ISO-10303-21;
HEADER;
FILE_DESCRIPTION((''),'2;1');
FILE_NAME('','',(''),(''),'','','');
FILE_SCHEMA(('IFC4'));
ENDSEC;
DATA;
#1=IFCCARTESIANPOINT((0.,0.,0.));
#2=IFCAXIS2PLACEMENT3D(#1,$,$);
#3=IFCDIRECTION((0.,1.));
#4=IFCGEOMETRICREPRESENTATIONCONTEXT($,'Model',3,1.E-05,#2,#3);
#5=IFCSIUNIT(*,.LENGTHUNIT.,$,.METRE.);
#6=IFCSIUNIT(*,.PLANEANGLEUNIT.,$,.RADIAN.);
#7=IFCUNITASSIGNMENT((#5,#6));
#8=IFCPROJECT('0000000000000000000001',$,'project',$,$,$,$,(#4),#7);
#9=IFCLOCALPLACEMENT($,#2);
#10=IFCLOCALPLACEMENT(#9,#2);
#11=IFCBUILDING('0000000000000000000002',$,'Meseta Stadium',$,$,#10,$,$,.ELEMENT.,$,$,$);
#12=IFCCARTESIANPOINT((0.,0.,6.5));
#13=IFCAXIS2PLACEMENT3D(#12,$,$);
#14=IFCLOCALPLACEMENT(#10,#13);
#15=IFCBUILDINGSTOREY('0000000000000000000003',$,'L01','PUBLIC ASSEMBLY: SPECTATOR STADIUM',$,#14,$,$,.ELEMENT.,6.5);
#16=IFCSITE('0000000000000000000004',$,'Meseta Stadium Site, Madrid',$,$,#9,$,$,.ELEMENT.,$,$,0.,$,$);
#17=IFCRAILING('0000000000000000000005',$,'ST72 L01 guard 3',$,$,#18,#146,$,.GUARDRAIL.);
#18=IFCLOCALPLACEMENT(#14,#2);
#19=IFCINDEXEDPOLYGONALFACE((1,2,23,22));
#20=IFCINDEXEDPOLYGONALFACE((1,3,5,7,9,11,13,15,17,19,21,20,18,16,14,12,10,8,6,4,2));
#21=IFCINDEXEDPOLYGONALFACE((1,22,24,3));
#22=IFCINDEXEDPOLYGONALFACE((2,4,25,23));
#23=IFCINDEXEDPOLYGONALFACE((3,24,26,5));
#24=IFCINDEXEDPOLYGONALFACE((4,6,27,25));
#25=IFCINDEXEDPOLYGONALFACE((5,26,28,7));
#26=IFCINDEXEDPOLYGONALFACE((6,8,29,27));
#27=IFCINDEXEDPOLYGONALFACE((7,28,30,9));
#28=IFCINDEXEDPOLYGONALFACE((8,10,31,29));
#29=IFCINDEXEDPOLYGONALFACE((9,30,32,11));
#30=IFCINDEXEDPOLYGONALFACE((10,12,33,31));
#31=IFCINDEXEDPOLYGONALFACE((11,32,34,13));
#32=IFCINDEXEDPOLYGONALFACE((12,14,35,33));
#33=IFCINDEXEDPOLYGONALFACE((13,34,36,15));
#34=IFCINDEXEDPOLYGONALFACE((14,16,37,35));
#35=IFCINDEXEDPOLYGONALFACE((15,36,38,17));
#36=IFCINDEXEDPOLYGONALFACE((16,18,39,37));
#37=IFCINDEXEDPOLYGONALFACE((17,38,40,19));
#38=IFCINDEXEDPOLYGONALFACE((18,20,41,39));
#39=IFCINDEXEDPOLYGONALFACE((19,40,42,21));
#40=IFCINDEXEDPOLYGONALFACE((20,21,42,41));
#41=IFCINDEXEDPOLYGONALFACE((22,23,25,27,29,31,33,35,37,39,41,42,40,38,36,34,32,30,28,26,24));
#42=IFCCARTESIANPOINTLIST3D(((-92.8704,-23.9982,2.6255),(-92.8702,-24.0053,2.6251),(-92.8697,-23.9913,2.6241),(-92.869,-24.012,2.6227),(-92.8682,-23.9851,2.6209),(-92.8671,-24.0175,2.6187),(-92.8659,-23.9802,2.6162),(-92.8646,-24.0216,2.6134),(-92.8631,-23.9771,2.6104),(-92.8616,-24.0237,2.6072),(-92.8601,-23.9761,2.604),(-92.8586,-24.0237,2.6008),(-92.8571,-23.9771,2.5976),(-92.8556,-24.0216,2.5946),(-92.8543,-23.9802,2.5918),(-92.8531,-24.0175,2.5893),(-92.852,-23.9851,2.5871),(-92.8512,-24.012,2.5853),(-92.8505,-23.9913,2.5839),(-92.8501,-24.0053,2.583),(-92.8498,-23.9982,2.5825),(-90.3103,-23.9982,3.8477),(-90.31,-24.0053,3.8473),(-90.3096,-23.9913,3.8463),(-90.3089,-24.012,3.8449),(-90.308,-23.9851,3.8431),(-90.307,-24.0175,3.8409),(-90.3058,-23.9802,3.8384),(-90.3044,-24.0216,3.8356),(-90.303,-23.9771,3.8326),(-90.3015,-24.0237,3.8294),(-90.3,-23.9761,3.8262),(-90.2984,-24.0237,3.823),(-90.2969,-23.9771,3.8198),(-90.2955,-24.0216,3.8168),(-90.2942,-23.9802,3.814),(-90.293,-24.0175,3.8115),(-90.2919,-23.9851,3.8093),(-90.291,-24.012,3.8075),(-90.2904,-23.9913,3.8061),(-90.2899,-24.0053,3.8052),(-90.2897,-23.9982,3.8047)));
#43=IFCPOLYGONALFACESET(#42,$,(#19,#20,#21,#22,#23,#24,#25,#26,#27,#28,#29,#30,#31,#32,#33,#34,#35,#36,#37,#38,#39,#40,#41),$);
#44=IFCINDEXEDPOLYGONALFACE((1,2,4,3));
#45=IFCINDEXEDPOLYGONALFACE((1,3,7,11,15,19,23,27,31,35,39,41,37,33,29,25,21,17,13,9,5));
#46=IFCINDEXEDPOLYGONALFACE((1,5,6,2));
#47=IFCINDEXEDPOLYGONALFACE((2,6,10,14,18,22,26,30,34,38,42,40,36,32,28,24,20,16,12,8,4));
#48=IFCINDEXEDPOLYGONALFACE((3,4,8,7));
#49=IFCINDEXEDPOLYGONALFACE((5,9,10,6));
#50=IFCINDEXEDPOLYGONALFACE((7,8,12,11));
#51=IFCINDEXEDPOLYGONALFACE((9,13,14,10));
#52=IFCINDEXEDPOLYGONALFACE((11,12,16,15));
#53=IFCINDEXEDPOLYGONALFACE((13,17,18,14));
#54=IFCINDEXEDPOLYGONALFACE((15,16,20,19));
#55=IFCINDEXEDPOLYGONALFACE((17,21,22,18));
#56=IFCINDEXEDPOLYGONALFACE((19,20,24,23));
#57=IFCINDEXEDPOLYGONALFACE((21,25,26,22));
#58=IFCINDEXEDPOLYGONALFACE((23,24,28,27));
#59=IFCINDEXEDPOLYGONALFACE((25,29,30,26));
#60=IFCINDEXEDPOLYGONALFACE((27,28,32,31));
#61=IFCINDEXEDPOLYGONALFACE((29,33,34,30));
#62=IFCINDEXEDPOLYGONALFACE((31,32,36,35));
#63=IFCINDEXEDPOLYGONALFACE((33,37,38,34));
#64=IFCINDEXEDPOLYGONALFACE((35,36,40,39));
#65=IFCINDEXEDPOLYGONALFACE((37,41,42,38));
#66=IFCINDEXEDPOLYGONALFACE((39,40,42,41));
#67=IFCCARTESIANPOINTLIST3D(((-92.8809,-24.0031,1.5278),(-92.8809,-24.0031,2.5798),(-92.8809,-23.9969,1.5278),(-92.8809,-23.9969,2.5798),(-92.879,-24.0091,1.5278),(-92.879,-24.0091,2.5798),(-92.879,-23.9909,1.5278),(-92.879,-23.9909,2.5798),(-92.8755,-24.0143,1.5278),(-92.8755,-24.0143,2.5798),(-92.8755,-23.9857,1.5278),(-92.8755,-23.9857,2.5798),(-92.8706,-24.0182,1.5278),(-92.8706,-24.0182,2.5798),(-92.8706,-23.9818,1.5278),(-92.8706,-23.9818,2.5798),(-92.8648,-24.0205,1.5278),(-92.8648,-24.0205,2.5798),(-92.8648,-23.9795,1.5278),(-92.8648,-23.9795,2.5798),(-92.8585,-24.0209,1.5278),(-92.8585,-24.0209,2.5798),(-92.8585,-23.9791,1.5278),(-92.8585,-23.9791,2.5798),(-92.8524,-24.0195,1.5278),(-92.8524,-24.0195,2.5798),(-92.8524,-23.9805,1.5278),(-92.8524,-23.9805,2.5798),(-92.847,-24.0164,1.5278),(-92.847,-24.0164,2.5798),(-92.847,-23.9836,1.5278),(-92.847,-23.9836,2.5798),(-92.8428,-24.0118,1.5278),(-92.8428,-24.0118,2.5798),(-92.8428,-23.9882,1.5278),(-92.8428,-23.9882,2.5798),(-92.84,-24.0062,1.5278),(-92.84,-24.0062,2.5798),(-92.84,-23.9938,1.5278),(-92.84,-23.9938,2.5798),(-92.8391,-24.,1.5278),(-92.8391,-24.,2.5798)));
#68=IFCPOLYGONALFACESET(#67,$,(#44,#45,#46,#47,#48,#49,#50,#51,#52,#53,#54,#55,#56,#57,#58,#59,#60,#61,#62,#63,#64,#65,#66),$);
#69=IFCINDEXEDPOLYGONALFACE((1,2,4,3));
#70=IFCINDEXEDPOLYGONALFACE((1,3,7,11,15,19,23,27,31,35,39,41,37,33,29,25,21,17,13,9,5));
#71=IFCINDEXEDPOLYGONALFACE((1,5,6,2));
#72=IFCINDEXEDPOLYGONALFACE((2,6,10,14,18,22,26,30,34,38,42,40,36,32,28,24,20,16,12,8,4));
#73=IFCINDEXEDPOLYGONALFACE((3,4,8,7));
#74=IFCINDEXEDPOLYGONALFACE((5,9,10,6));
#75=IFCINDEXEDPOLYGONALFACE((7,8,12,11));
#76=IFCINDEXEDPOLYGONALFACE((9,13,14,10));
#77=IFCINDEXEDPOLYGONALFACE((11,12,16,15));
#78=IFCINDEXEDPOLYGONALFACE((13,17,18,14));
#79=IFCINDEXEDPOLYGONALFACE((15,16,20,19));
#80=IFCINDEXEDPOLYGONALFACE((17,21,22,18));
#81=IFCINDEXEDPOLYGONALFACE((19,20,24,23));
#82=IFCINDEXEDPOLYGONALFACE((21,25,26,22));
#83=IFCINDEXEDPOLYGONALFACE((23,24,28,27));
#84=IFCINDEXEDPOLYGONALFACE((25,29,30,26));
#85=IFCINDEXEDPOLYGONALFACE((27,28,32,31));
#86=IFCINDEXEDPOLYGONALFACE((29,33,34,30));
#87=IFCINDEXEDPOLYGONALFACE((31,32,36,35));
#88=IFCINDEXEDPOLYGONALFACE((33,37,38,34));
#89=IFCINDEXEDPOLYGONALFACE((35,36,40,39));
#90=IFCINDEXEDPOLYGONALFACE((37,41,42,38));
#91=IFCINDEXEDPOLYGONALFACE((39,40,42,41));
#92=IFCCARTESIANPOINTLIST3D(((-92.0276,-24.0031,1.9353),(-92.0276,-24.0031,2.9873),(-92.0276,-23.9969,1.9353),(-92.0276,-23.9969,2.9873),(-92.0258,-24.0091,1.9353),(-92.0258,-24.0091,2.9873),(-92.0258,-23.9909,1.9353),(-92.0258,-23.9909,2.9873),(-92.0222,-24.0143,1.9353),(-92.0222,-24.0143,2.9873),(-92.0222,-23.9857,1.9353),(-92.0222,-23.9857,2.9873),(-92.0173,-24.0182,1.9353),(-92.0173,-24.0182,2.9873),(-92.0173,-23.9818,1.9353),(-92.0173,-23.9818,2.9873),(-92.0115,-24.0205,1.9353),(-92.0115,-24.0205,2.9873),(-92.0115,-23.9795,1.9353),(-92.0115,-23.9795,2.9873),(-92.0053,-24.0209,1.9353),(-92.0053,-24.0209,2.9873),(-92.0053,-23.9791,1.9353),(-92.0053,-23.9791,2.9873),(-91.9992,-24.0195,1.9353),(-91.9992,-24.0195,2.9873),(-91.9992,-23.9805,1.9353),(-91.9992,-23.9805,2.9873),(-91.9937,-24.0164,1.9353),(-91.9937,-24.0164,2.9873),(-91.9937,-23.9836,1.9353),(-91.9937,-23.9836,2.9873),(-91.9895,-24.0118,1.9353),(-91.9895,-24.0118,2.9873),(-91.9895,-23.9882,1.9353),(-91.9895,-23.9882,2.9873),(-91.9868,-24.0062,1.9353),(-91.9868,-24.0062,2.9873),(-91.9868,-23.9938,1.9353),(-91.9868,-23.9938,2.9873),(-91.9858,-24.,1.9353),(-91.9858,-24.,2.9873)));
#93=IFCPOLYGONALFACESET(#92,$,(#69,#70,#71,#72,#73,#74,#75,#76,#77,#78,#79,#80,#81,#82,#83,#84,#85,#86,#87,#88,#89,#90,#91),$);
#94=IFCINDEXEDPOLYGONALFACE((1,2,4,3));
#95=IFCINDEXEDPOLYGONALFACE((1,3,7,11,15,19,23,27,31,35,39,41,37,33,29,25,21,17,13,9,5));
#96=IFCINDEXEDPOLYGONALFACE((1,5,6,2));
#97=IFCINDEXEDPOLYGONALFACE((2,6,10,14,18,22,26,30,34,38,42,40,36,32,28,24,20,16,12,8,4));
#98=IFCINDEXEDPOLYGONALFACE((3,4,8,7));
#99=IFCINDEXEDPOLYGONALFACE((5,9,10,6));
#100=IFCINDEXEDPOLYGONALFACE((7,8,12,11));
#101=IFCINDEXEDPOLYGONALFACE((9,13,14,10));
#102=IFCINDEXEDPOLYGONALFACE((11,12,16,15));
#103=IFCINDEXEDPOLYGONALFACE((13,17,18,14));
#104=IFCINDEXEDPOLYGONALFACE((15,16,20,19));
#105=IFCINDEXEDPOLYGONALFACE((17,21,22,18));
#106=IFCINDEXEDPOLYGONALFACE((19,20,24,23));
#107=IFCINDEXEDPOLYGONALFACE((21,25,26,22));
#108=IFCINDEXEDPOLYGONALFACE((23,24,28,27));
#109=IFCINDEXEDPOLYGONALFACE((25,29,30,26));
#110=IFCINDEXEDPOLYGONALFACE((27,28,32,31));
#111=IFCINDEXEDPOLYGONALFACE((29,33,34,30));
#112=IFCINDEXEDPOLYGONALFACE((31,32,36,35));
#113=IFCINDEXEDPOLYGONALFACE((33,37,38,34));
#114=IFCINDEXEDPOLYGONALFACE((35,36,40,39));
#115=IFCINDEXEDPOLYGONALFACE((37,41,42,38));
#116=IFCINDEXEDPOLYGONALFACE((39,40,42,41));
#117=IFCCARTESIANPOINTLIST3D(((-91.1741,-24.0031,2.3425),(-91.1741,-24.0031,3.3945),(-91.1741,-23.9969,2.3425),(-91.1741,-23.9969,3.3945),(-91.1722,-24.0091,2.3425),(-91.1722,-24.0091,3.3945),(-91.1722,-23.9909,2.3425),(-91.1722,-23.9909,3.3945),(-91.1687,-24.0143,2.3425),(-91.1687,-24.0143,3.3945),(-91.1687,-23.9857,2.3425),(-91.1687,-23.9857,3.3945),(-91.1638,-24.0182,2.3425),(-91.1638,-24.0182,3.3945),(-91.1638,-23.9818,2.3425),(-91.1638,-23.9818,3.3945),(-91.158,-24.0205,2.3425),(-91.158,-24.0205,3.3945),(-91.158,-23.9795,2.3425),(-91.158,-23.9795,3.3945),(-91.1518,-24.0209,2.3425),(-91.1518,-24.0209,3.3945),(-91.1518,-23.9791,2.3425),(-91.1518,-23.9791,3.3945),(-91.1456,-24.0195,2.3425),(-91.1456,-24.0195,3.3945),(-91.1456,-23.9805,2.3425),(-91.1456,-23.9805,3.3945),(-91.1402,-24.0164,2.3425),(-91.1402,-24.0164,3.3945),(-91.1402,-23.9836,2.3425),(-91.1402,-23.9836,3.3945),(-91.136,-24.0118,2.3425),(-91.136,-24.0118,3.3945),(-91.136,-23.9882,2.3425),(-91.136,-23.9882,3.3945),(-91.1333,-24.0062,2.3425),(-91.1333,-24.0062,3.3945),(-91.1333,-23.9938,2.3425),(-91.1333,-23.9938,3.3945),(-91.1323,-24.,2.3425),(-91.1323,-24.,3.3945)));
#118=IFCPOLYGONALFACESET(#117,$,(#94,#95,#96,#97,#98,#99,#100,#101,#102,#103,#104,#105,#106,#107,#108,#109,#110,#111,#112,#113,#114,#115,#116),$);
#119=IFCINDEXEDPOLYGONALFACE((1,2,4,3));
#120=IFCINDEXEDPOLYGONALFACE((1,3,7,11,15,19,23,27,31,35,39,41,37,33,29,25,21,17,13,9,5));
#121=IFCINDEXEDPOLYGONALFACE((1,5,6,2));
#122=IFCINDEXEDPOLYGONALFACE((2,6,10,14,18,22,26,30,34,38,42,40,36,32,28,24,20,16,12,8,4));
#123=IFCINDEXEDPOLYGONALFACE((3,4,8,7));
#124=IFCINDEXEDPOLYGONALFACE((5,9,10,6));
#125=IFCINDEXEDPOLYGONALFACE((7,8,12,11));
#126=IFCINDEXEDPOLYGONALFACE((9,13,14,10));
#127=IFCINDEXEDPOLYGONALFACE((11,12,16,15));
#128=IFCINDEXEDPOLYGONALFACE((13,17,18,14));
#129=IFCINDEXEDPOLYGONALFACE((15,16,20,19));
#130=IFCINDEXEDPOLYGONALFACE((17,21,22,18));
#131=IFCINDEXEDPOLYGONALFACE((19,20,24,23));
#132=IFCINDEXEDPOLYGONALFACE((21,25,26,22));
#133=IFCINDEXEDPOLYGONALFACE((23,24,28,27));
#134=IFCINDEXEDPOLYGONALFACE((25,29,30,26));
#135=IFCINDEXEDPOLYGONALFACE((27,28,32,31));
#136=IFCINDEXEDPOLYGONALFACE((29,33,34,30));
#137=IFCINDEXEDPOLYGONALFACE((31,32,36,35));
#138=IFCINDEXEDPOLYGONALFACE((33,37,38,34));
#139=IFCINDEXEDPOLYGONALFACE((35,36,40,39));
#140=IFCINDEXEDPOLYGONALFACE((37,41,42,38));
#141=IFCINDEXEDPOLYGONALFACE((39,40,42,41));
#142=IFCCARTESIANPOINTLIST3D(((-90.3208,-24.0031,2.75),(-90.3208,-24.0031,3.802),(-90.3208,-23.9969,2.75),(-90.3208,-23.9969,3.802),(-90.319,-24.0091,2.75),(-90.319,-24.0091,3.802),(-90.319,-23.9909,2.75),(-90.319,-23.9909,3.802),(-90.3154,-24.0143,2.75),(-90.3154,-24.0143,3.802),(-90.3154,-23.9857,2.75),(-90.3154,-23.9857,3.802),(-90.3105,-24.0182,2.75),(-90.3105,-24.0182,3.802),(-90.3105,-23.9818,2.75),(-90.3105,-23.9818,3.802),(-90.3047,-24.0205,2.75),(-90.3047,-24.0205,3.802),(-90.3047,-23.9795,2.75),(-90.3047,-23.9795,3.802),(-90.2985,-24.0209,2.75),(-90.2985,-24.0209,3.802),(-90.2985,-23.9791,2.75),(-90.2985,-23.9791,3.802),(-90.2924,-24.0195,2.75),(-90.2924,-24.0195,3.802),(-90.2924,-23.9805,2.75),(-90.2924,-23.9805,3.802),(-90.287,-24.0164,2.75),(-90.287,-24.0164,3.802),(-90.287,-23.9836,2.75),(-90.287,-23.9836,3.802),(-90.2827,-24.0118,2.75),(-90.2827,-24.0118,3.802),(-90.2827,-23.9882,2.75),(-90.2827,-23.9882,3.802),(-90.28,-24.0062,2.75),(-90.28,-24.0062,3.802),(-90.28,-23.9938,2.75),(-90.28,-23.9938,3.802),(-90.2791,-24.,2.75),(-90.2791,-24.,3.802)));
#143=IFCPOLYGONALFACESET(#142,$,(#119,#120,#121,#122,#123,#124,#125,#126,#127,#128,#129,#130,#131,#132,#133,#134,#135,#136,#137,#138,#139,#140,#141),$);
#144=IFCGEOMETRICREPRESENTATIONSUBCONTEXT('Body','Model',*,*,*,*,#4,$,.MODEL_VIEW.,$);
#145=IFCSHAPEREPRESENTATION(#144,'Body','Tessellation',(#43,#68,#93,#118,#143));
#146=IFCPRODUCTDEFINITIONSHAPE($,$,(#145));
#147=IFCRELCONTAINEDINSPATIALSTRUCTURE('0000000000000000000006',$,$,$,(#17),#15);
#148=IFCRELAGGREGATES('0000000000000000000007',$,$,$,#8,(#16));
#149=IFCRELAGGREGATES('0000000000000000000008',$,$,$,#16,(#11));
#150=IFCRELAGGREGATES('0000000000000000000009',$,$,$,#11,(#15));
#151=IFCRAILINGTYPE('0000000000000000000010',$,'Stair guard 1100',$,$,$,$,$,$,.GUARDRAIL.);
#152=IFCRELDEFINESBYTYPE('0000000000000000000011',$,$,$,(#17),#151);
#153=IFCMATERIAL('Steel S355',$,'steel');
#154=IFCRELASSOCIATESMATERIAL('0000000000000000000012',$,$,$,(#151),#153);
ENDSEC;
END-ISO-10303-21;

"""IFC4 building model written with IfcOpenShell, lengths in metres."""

from ifc_helpers import new_model, si_unit, direction, frame, origin, origin_2d, place, context, subcontext, project, spatial, circle, extrude, material, type_object, element, save


model = new_model("IFC4")

# Units and contexts
model_context = context("Model", 3, precision=1e-05, world=origin(), true_north=direction((0.0, 1.0)))
body_context = subcontext(model_context, "Body", "Model", "MODEL_VIEW")
ifc_project = project(units=[si_unit("LENGTHUNIT", "METRE"), si_unit("PLANEANGLEUNIT", "RADIAN")], contexts=[model_context])

# Site, building, storey
site_placement = place(None, origin())
site = spatial("IfcSite", under=ifc_project, at=site_placement, Name="Meseta Stadium Site, Madrid", CompositionType="ELEMENT", RefElevation=0.0)
building_placement = place(site_placement, origin())
building = spatial("IfcBuilding", under=site, at=building_placement, Name="Meseta Stadium", CompositionType="ELEMENT")
storey_placement = place(building_placement, frame((0.0, 0.0, 6.5)))
storey = spatial("IfcBuildingStorey", under=building, at=storey_placement, Name="L01", Description="PUBLIC ASSEMBLY: SPECTATOR STADIUM", CompositionType="ELEMENT", Elevation=6.5)

# Railing
ifc_material_1 = material(Name="Steel S355", Category="steel")
railing_type_1 = type_object("IfcRailingType", Name="Stair guard 1100", PredefinedType="GUARDRAIL", material=ifc_material_1)
railing_1_placement = place(storey_placement, frame((-92.8601, -24.0, 1.5278)))
element("IfcRailing", 1, at=railing_1_placement, inside=storey, type_object=railing_type_1, Name="ST72 L01 guard 3", PredefinedType="GUARDRAIL", context=body_context, shape_type="SweptSolid", body=[
    extrude(circle(Radius=0.0239, at=origin_2d()), frame((0.0, 0.0, 1.0762), z_axis=(0.902437, 0.0, 0.430822), x_axis=(0.0, 1.0, 0.0)), (0.0, 0.0, 1.0), 2.8369),
    extrude(circle(Radius=0.021, at=origin_2d()), origin(), (0.0, 0.0, 1.0), 1.052),
    extrude(circle(Radius=0.021, at=origin_2d()), frame((0.8533, 0.0, 0.4075)), (0.0, 0.0, 1.0), 1.052),
    extrude(circle(Radius=0.021, at=origin_2d()), frame((1.7068, 0.0, 0.8147)), (0.0, 0.0, 1.0), 1.052),
    extrude(circle(Radius=0.021, at=origin_2d()), frame((2.5601, 0.0, 1.2222)), (0.0, 0.0, 1.0), 1.052),
])

save(model, "model.ifc")
